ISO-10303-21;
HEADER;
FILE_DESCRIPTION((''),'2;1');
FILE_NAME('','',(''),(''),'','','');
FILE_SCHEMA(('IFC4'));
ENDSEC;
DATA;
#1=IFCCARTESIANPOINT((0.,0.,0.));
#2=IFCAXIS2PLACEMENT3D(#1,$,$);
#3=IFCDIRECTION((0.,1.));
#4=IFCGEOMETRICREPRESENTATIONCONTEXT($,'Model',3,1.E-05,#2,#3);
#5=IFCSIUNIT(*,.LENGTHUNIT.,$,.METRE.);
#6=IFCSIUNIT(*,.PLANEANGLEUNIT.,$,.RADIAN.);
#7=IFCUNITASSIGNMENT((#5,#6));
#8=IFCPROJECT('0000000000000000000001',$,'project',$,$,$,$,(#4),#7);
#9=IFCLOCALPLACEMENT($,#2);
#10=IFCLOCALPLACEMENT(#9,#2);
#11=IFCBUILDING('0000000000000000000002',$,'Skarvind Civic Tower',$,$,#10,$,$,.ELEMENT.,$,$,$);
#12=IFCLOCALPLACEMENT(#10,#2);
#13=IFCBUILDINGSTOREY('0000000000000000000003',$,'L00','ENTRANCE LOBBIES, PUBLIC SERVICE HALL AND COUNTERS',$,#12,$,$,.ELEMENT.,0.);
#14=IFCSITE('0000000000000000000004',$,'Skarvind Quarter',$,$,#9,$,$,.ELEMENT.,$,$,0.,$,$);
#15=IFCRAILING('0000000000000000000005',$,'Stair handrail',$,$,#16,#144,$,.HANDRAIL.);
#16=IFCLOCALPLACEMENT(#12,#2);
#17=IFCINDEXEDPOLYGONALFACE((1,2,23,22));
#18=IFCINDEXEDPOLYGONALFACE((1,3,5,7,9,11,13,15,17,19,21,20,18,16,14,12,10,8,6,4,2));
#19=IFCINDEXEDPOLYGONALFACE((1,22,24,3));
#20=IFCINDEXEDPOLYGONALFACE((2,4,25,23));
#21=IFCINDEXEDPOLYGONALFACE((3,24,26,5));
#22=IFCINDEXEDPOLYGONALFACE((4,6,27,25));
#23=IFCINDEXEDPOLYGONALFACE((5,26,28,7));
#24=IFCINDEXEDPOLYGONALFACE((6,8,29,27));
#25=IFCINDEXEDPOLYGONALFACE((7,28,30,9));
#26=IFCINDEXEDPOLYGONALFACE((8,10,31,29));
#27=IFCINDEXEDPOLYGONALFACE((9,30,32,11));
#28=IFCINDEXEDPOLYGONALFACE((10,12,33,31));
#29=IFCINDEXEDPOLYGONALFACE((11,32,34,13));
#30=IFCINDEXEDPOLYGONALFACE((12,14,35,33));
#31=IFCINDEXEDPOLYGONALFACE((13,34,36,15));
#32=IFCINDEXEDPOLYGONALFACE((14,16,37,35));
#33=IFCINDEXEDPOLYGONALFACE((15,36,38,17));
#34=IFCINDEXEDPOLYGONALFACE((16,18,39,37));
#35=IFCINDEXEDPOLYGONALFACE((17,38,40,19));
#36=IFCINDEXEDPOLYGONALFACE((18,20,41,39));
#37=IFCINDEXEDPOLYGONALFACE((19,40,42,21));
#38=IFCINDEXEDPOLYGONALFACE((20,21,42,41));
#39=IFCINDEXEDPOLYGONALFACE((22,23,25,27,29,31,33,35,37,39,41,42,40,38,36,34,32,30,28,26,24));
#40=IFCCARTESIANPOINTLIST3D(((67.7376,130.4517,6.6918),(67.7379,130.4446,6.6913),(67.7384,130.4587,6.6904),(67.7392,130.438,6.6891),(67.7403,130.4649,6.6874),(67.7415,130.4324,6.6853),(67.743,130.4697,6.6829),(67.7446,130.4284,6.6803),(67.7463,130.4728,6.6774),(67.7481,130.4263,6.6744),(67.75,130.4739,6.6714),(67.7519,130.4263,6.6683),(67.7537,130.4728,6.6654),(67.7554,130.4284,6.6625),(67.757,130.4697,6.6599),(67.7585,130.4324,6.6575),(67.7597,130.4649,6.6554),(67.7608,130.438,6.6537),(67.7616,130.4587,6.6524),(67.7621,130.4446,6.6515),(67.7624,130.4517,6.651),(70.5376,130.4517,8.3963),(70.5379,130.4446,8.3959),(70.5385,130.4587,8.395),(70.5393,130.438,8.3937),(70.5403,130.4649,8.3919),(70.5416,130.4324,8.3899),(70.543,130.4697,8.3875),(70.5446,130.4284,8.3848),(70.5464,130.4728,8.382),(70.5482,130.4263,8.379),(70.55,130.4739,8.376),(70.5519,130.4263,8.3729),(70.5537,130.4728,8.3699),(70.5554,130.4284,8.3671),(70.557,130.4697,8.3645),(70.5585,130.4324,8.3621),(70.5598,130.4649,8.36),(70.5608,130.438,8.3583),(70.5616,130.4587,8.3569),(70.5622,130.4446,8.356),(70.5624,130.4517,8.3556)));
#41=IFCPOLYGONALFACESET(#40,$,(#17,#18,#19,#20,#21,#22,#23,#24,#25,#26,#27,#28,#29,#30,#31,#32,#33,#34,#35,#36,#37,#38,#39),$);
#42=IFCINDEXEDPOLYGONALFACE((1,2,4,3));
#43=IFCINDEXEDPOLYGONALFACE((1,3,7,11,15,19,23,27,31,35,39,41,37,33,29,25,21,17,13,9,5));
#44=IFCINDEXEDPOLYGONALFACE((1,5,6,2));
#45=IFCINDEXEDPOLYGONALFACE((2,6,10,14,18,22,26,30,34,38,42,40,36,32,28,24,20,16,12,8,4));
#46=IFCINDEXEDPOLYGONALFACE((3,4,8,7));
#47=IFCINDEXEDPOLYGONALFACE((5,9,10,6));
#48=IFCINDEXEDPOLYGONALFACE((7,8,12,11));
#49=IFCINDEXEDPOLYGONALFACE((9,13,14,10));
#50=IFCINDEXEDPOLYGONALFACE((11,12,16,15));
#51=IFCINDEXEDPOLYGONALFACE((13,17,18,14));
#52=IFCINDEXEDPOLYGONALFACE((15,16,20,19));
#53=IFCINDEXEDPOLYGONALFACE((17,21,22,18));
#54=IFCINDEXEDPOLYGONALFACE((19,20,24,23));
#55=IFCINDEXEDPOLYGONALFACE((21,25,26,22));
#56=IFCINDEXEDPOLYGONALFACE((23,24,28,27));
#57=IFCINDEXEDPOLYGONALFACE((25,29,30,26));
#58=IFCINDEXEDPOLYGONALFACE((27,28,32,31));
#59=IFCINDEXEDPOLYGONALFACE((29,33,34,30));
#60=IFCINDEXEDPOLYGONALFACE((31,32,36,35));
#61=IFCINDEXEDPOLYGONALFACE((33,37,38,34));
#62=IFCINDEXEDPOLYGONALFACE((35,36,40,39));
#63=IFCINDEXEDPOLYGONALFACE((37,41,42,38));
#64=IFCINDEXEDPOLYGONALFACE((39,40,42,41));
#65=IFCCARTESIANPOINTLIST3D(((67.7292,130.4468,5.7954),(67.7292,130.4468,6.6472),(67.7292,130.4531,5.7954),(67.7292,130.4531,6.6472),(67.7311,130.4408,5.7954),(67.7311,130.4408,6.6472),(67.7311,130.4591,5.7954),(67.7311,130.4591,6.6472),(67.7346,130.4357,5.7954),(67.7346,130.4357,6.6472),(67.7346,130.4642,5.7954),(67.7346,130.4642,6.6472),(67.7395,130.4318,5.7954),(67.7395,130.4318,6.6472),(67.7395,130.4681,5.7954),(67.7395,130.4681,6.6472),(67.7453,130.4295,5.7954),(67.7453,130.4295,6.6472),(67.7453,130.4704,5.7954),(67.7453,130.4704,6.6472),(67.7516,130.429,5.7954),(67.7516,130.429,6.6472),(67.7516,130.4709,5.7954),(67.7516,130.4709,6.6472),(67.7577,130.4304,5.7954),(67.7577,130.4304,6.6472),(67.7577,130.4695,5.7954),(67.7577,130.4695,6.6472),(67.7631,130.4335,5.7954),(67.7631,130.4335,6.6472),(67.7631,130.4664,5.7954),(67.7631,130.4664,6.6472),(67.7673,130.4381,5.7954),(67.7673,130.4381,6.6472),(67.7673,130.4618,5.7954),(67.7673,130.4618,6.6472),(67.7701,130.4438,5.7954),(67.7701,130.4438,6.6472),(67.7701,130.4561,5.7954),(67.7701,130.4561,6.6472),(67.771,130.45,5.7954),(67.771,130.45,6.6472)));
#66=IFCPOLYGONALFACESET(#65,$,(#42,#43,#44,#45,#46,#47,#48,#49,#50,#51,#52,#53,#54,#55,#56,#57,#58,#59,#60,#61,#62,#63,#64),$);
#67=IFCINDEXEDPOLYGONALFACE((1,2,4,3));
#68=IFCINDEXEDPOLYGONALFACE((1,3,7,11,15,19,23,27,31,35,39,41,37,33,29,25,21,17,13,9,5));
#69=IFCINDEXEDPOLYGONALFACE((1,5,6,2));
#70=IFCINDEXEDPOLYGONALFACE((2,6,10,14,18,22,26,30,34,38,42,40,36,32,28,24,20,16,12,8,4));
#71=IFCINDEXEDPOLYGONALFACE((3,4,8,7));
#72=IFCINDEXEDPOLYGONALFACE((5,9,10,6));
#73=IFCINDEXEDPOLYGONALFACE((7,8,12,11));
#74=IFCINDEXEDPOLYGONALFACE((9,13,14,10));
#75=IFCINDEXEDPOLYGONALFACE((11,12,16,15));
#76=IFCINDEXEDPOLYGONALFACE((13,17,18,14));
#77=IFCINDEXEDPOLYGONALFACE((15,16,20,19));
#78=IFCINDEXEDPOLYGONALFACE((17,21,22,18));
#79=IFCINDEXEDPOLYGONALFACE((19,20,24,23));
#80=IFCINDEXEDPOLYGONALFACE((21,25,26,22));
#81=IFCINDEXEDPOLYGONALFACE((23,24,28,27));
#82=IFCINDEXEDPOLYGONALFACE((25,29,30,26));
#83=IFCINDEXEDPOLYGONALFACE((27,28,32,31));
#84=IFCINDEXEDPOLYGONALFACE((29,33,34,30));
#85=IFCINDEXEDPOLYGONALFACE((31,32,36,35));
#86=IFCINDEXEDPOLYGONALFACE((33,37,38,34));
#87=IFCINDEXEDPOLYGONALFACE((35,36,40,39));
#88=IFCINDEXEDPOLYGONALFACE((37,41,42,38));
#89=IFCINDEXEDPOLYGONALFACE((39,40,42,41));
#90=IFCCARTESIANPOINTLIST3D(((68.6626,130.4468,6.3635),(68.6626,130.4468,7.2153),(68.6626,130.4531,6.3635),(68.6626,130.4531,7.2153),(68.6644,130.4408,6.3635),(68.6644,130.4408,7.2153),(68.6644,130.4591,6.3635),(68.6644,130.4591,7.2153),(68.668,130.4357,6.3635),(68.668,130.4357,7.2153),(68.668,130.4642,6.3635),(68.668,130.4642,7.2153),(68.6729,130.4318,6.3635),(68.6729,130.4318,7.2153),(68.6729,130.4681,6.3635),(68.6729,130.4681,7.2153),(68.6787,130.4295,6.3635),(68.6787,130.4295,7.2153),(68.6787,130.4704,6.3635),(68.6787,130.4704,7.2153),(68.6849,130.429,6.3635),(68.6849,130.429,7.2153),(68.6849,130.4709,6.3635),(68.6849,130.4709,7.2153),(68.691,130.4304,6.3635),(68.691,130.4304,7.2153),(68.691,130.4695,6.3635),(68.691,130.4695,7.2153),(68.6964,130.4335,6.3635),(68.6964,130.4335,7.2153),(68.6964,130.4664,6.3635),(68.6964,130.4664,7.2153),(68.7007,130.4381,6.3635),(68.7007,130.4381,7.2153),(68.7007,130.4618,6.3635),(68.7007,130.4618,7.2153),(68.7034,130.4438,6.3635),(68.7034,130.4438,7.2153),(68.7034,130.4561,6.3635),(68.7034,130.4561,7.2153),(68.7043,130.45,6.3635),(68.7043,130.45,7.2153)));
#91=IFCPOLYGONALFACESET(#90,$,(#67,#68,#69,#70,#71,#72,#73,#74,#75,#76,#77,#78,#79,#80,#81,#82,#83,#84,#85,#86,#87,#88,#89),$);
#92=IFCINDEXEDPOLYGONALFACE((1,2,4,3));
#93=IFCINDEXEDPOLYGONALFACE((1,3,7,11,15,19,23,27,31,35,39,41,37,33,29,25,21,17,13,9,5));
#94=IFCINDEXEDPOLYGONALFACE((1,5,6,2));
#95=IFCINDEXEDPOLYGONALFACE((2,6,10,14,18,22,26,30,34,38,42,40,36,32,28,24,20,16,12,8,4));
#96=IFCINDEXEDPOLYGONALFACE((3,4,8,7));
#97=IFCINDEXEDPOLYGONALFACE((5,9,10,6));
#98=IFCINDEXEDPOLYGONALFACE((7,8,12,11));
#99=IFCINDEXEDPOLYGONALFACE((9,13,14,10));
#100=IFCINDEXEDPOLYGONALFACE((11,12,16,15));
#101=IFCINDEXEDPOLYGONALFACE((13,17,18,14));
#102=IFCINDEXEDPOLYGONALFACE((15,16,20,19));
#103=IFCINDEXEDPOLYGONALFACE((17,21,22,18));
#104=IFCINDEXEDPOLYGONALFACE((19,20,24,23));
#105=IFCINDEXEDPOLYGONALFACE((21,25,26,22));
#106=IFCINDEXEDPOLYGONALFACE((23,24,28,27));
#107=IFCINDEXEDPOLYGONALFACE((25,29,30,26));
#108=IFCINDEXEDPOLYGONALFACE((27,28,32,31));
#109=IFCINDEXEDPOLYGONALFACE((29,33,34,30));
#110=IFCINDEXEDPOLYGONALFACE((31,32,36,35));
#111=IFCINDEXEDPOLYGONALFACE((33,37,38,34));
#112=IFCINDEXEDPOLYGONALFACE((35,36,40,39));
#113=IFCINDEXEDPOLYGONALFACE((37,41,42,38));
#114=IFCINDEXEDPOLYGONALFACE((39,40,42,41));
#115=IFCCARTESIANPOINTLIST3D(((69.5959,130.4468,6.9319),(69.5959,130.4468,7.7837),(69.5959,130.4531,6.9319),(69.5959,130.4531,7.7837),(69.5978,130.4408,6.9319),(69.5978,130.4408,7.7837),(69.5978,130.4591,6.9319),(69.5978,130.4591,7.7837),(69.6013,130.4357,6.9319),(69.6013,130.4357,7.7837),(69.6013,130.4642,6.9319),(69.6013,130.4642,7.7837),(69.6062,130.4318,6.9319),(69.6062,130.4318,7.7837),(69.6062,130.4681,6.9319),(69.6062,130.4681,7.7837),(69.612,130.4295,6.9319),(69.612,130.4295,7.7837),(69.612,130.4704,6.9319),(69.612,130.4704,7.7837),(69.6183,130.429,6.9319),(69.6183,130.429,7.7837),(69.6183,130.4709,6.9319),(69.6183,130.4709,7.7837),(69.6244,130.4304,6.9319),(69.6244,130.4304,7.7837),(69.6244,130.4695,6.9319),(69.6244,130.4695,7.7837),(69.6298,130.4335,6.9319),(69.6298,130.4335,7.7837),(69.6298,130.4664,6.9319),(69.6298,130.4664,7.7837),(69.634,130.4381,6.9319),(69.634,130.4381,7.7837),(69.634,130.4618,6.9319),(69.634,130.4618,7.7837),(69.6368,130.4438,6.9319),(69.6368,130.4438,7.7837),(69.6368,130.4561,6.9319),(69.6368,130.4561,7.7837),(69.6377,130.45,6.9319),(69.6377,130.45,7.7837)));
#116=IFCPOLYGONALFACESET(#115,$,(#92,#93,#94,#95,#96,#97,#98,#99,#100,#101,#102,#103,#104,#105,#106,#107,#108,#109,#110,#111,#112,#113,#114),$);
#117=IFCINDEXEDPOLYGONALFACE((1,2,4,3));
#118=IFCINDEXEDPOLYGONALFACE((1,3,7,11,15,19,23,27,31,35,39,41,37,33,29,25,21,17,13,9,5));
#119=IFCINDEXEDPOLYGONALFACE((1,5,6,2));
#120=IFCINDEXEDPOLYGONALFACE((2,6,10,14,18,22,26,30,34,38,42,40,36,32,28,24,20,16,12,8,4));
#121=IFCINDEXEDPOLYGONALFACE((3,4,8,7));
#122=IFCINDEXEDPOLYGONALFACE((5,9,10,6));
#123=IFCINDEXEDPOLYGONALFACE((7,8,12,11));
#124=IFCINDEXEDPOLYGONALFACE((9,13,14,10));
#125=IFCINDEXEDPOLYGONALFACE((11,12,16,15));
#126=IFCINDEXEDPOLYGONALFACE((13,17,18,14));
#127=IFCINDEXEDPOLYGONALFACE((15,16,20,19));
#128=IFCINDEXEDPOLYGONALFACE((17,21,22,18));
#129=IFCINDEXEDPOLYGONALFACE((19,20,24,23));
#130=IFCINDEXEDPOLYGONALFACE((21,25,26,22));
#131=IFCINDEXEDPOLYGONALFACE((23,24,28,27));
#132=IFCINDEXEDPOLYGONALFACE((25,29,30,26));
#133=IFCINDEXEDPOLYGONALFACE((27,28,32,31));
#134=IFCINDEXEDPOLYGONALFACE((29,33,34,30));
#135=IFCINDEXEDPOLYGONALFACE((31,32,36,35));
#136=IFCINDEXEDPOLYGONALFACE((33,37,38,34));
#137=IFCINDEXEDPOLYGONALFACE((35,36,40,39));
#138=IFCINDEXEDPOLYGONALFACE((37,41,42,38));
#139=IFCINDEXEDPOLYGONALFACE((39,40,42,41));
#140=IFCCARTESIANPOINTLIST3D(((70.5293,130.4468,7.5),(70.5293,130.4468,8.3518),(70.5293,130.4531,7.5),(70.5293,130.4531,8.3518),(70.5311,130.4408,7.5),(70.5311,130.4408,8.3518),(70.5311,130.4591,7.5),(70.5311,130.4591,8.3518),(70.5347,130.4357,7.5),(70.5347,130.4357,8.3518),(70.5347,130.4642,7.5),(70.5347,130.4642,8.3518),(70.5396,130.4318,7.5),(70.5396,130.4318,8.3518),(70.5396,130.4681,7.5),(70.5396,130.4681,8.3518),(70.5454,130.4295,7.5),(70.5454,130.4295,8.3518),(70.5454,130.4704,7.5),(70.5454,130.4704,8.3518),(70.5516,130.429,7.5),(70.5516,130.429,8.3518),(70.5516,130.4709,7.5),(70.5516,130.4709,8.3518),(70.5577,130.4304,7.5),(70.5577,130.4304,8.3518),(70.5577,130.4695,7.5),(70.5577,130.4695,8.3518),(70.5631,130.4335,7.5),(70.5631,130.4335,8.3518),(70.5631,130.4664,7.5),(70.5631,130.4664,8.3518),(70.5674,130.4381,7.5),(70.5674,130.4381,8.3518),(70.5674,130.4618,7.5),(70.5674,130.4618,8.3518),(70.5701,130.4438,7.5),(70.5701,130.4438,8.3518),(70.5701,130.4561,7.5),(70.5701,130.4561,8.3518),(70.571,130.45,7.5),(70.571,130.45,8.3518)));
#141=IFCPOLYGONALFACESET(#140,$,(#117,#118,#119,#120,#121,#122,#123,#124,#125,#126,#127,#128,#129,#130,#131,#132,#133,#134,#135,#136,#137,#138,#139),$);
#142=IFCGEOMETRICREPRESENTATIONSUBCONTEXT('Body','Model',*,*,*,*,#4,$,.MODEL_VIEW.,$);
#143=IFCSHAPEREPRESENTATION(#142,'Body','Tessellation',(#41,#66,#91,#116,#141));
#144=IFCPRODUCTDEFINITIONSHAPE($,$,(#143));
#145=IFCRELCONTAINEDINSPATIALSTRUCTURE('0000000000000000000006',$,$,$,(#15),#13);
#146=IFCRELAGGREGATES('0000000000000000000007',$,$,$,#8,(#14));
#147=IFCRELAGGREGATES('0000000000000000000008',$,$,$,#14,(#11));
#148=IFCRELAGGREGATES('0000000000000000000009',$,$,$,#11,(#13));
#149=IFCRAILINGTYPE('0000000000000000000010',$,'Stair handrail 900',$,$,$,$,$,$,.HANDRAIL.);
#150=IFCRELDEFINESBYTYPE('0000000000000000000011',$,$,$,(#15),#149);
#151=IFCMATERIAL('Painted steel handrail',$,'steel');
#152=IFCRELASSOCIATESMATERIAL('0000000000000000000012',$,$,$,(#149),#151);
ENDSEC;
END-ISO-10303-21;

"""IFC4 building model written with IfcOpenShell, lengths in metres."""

from ifc_helpers import new_model, si_unit, direction, frame, origin, origin_2d, place, context, subcontext, project, spatial, circle, extrude, material, type_object, element, save


model = new_model("IFC4")

# Units and contexts
model_context = context("Model", 3, precision=1e-05, world=origin(), true_north=direction((0.0, 1.0)))
body_context = subcontext(model_context, "Body", "Model", "MODEL_VIEW")
ifc_project = project(units=[si_unit("LENGTHUNIT", "METRE"), si_unit("PLANEANGLEUNIT", "RADIAN")], contexts=[model_context])

# Site, building, storey
site_placement = place(None, origin())
site = spatial("IfcSite", under=ifc_project, at=site_placement, Name="Skarvind Quarter", CompositionType="ELEMENT", RefElevation=0.0)
building_placement = place(site_placement, origin())
building = spatial("IfcBuilding", under=site, at=building_placement, Name="Skarvind Civic Tower", CompositionType="ELEMENT")
storey_placement = place(building_placement, origin())
storey = spatial("IfcBuildingStorey", under=building, at=storey_placement, Name="L00", Description="ENTRANCE LOBBIES, PUBLIC SERVICE HALL AND COUNTERS", CompositionType="ELEMENT", Elevation=0.0)

# Railing
ifc_material_1 = material(Name="Painted steel handrail", Category="steel")
railing_type = type_object("IfcRailingType", Name="Stair handrail 900", PredefinedType="HANDRAIL", material=ifc_material_1)
for number, where, name in (
    (1, (67.75, 130.45, 5.7954), "Stair handrail"),
):
    element("IfcRailing", number, at=place(storey_placement, frame(where)), inside=storey, type_object=railing_type, Name=name, PredefinedType="HANDRAIL", context=body_context, shape_type="SweptSolid", body=[
        extrude(circle(Radius=0.0239, at=origin_2d()), frame((0.0, 0.0, 0.876), z_axis=(0.85417, 0.0, 0.519994), x_axis=(0.0, 1.0, 0.0)), (0.0, 0.0, 1.0), 3.2781),
        extrude(circle(Radius=0.021, at=origin_2d()), origin(), (0.0, 0.0, 1.0), 0.8518),
        extrude(circle(Radius=0.021, at=origin_2d()), frame((0.9333, 0.0, 0.5681)), (0.0, 0.0, 1.0), 0.8518),
        extrude(circle(Radius=0.021, at=origin_2d()), frame((1.8667, 0.0, 1.1365)), (0.0, 0.0, 1.0), 0.8518),
        extrude(circle(Radius=0.021, at=origin_2d()), frame((2.8, 0.0, 1.7046)), (0.0, 0.0, 1.0), 0.8518),
    ])

save(model, "model.ifc")
